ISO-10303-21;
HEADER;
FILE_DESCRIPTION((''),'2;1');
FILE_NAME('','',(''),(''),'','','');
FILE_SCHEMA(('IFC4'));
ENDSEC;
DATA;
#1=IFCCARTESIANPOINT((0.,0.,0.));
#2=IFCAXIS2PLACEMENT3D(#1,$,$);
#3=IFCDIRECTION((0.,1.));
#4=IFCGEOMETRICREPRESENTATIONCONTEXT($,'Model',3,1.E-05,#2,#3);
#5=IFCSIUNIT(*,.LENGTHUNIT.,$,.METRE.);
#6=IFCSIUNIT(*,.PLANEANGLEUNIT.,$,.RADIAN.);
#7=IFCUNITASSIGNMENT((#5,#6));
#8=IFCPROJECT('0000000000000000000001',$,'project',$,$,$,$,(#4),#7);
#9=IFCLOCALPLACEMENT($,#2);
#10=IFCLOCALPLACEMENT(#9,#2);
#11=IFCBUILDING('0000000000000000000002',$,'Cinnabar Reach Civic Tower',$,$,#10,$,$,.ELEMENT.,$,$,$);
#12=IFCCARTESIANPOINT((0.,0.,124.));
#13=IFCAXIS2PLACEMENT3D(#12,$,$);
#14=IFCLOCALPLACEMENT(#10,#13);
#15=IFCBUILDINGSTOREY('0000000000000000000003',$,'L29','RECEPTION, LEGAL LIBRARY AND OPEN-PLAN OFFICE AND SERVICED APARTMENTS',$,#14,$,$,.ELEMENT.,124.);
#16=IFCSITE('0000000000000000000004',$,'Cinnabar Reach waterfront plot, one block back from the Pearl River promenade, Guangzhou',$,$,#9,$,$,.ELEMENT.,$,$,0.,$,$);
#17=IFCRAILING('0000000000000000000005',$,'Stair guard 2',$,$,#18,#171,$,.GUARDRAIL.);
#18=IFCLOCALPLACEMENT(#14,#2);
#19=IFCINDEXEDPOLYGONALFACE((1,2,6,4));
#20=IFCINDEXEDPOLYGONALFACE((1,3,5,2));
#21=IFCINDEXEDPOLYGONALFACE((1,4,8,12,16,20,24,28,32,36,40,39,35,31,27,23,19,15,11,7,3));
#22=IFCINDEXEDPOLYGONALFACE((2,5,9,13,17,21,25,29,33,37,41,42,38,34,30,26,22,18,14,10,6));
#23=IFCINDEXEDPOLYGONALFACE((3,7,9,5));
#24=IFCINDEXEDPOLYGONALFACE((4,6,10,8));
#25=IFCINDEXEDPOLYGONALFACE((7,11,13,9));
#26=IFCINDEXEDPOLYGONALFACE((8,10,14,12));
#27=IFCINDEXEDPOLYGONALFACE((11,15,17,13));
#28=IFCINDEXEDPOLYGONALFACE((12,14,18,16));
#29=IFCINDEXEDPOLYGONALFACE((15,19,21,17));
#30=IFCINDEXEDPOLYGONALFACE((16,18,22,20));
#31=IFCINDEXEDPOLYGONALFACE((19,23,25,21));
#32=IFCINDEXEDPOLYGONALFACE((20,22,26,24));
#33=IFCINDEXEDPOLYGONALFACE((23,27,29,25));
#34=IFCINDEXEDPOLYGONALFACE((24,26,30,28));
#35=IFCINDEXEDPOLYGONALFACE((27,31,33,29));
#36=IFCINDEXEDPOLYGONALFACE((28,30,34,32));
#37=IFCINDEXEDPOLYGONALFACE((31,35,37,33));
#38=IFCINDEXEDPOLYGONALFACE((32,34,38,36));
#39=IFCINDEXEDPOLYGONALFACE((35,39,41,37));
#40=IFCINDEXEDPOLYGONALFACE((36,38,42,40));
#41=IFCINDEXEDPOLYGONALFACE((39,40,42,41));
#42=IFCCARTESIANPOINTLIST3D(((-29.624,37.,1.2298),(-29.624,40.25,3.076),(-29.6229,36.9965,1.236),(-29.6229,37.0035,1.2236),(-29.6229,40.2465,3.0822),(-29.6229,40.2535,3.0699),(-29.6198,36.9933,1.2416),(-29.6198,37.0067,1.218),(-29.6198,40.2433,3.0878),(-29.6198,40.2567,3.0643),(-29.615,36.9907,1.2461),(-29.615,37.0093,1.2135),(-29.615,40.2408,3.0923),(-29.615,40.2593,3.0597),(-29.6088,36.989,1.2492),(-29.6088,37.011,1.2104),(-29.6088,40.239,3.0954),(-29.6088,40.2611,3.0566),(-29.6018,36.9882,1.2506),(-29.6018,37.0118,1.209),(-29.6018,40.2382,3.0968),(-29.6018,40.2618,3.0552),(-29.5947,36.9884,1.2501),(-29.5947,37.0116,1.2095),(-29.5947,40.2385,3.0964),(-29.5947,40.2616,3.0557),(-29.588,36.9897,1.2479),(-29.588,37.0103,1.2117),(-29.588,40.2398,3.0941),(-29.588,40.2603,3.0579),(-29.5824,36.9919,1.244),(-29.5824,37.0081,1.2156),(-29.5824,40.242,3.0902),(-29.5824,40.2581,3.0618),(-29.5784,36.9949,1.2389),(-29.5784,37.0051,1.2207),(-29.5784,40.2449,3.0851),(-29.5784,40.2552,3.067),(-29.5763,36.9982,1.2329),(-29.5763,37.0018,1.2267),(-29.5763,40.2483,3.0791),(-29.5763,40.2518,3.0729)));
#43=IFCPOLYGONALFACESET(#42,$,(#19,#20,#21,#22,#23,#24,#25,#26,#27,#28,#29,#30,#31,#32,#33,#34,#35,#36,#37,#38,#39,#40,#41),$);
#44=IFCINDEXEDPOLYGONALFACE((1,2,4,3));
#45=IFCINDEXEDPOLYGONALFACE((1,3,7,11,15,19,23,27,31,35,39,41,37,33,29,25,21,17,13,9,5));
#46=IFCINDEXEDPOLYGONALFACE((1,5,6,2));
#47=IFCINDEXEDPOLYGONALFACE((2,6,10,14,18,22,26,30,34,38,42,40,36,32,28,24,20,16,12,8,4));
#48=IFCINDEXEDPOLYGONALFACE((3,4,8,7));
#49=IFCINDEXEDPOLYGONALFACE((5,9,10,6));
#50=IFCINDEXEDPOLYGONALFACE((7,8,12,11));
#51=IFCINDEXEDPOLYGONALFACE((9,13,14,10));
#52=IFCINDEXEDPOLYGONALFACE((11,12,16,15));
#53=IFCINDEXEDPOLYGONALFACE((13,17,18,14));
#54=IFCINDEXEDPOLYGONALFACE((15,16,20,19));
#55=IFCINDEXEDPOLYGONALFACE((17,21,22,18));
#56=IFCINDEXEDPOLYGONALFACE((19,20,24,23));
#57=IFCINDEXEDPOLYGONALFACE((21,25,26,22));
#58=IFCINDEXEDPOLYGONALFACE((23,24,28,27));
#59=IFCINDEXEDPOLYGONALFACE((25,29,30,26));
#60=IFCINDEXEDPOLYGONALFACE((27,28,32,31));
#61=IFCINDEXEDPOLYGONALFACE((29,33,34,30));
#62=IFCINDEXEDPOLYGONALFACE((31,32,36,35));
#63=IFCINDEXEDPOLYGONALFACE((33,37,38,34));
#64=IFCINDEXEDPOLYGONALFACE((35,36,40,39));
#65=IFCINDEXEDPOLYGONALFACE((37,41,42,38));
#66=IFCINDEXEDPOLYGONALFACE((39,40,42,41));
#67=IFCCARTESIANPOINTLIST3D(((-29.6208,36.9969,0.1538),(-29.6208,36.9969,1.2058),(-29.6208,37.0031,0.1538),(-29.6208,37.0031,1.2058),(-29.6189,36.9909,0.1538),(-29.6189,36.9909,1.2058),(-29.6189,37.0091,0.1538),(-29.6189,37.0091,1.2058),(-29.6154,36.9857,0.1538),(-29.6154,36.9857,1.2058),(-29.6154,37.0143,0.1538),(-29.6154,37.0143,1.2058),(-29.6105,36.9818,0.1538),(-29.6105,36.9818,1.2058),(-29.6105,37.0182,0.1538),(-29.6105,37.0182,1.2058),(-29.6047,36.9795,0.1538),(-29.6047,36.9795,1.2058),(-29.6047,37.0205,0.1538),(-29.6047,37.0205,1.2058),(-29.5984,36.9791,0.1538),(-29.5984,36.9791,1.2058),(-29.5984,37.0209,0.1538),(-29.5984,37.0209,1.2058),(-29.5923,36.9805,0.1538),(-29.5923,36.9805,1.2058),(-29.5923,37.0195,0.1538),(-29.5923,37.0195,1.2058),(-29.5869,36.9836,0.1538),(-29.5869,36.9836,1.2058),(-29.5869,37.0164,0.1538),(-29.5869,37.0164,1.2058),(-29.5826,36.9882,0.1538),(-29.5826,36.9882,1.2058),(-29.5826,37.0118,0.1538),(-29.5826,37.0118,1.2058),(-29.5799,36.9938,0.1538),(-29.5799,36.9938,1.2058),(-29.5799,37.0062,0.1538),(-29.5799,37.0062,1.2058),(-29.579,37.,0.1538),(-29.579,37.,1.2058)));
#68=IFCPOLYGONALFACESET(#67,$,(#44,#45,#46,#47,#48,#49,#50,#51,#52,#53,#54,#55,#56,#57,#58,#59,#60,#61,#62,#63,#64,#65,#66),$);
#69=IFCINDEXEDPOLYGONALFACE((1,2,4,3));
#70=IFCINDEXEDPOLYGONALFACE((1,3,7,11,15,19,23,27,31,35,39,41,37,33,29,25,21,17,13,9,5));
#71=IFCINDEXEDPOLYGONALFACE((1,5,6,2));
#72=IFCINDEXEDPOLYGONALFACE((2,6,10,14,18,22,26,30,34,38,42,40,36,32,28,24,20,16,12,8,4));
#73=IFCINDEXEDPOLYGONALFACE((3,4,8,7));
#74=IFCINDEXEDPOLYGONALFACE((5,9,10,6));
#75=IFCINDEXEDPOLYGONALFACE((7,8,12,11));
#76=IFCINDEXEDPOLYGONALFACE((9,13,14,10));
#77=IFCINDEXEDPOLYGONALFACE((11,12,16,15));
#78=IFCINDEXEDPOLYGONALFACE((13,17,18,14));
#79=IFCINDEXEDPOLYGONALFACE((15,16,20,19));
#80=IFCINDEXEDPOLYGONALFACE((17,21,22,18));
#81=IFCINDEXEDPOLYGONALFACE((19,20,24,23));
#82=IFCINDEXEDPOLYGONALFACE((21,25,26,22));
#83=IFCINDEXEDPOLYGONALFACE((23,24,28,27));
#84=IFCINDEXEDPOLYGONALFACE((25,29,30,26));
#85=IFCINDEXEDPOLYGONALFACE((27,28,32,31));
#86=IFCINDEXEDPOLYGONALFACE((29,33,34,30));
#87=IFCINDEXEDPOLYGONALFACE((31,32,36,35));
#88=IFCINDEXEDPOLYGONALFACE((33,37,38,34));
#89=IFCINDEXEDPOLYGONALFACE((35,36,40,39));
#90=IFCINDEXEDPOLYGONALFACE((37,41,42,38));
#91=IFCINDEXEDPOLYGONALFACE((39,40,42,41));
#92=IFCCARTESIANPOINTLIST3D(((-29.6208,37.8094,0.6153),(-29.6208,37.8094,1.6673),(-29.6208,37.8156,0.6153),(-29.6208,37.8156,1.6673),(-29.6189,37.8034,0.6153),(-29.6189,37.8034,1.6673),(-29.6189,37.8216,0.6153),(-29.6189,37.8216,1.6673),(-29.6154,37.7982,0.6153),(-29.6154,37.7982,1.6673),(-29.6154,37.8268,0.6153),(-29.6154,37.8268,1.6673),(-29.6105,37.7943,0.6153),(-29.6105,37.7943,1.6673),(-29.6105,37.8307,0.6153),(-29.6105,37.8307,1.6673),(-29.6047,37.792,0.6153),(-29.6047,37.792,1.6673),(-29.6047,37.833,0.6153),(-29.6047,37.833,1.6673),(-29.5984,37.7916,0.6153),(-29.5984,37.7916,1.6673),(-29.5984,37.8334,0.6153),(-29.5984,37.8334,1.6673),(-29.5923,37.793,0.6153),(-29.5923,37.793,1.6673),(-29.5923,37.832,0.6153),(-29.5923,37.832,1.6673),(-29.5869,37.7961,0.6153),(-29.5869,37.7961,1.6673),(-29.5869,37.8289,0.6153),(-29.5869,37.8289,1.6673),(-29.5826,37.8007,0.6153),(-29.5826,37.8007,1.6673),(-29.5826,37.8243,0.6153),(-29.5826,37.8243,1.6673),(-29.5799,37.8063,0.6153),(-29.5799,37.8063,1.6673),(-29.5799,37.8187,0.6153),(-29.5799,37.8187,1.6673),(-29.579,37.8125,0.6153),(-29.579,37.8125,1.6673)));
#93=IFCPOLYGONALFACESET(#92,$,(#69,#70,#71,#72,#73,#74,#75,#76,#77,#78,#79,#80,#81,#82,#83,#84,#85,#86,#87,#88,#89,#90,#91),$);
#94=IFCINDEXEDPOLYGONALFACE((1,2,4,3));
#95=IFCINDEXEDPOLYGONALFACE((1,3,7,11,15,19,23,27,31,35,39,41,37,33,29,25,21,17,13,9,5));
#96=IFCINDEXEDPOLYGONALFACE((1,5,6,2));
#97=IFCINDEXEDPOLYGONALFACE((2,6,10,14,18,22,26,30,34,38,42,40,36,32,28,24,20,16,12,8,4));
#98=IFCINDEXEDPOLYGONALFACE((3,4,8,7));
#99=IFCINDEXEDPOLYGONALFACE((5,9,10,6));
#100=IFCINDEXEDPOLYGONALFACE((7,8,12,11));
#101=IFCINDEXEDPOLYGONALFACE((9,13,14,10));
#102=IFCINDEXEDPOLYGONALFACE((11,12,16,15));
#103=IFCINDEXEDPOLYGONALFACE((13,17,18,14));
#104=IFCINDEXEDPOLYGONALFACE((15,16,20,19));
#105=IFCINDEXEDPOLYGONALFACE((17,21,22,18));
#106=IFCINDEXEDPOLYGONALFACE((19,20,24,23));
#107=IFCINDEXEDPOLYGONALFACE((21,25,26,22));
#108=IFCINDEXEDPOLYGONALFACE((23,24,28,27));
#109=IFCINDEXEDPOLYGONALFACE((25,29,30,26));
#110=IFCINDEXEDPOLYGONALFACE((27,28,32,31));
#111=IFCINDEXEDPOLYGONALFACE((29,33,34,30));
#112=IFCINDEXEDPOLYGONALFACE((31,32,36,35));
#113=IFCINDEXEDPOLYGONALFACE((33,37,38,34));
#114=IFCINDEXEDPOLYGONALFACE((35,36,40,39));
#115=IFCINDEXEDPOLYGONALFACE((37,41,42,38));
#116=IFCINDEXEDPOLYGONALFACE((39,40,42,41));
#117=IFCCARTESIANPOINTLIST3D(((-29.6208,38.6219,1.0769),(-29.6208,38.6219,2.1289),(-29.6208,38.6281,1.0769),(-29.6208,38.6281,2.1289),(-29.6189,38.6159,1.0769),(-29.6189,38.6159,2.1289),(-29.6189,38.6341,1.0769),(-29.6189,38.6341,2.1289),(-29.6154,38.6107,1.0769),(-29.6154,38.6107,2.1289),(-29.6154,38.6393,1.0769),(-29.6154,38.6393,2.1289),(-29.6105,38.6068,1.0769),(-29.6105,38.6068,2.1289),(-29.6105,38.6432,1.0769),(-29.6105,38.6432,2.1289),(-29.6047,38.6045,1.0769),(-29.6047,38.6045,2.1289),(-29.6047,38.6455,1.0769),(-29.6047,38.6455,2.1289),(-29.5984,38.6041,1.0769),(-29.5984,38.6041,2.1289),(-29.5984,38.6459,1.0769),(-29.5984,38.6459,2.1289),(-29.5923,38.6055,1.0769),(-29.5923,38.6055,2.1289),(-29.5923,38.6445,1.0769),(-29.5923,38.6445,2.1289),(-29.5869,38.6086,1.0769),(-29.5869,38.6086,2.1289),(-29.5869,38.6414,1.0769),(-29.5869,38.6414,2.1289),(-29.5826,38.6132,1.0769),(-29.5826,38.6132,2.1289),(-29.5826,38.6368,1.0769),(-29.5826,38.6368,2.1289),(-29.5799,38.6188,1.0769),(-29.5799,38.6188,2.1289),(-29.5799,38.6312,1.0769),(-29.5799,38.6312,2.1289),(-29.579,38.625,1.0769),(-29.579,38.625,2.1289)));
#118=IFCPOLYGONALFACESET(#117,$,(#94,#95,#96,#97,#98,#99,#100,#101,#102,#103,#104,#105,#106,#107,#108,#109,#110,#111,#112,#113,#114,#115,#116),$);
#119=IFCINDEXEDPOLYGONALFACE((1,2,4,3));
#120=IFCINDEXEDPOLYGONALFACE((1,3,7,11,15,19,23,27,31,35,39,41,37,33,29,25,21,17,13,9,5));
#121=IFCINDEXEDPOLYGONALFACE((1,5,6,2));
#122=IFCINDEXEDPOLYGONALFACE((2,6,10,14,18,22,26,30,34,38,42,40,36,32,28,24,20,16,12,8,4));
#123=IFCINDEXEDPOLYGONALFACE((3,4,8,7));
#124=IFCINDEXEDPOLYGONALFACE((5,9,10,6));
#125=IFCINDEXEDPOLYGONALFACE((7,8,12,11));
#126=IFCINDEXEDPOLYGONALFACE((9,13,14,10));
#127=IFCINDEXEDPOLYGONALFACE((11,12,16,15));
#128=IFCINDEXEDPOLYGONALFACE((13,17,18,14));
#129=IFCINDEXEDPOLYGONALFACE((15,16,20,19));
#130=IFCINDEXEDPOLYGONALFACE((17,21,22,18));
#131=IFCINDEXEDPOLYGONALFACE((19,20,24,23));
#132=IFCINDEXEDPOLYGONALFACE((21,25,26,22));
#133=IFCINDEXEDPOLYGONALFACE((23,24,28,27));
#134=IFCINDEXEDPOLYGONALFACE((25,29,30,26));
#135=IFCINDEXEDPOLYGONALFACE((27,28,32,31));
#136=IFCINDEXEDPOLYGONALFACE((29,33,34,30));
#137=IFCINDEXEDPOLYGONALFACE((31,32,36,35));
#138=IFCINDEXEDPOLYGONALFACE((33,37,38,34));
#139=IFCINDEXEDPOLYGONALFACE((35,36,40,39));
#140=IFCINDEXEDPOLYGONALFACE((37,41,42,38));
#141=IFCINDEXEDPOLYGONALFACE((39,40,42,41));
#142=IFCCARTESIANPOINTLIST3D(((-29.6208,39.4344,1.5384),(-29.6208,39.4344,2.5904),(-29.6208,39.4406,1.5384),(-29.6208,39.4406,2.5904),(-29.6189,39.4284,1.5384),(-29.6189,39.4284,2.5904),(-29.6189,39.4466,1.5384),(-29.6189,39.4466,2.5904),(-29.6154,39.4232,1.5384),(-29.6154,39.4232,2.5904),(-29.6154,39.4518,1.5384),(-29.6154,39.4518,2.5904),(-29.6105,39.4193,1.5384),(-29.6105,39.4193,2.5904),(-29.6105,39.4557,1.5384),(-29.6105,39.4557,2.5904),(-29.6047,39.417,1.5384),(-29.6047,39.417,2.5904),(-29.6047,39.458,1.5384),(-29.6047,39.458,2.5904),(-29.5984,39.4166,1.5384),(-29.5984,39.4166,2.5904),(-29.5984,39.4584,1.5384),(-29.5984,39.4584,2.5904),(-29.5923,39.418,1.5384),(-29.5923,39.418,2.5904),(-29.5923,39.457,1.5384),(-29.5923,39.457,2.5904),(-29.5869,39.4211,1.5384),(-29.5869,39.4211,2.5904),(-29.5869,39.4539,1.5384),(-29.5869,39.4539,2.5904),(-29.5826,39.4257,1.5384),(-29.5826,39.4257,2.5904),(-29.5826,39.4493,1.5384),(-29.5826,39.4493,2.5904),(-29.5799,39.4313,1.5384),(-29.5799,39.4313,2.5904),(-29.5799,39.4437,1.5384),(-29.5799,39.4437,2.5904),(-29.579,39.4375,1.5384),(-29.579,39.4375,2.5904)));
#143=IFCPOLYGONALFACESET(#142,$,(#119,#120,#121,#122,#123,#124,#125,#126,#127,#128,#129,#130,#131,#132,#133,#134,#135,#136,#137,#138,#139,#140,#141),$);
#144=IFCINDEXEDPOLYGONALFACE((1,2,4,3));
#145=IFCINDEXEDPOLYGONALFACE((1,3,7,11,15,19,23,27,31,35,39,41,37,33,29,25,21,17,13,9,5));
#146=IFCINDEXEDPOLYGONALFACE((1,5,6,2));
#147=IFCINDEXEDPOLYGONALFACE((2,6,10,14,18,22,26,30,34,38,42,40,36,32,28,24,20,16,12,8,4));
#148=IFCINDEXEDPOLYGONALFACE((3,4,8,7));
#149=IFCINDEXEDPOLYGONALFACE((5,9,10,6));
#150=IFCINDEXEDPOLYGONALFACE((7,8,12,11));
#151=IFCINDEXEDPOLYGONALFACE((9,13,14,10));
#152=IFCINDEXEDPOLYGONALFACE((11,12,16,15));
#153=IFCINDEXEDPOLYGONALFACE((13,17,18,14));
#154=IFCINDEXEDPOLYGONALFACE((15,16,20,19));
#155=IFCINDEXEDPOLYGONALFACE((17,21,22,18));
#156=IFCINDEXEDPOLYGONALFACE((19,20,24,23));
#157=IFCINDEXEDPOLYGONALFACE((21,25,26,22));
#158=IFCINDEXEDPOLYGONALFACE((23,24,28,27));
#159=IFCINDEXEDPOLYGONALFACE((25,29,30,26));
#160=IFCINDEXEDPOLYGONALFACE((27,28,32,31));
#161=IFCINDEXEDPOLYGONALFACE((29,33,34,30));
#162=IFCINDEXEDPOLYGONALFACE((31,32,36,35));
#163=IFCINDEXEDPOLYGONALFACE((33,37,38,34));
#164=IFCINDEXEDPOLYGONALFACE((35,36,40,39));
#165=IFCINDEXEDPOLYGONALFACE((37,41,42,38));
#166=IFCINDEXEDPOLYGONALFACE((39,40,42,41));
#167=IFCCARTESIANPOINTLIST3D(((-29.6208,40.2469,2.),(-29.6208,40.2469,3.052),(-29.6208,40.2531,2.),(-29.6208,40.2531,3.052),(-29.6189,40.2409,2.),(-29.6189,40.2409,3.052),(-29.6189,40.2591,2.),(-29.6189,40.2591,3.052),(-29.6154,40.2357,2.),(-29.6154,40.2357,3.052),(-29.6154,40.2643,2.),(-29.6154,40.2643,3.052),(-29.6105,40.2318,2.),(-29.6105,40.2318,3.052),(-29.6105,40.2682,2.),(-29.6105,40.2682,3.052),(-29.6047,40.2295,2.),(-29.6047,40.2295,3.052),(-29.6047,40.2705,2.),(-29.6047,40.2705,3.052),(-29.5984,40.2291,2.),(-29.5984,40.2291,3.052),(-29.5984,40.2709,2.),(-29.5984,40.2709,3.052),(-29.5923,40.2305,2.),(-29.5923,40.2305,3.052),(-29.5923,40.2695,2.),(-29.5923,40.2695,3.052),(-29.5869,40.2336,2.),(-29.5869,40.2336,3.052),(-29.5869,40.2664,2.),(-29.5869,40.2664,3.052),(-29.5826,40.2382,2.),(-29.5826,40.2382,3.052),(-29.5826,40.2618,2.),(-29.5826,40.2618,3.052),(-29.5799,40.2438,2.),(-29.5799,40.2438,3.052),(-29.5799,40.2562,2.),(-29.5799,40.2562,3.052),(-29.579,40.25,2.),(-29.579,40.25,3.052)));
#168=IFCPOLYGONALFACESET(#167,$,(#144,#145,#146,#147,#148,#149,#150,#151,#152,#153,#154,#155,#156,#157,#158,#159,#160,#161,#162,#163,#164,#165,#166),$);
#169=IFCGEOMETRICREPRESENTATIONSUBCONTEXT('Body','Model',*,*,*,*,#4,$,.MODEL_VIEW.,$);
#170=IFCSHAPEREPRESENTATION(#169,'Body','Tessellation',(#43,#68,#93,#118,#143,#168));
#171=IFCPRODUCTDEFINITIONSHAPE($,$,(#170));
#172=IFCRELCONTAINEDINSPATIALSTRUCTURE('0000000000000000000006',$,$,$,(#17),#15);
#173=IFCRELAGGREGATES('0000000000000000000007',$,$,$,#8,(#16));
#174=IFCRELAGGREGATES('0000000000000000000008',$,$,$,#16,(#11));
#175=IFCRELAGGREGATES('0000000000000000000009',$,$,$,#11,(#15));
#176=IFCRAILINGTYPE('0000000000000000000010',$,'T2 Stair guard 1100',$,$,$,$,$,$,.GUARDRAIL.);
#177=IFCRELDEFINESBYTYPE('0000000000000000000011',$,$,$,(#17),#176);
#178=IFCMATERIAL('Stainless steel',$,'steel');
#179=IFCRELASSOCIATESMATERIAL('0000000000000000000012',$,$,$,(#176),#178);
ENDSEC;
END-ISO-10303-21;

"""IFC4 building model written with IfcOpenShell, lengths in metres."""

from ifc_helpers import new_model, si_unit, direction, frame, origin, origin_2d, place, context, subcontext, project, spatial, circle, extrude, material, type_object, element, save


model = new_model("IFC4")

# Units and contexts
model_context = context("Model", 3, precision=1e-05, world=origin(), true_north=direction((0.0, 1.0)))
body_context = subcontext(model_context, "Body", "Model", "MODEL_VIEW")
ifc_project = project(units=[si_unit("LENGTHUNIT", "METRE"), si_unit("PLANEANGLEUNIT", "RADIAN")], contexts=[model_context])

# Site, building, storey
site_placement = place(None, origin())
site = spatial("IfcSite", under=ifc_project, at=site_placement, Name="Cinnabar Reach waterfront plot, one block back from the Pearl River promenade, Guangzhou", CompositionType="ELEMENT", RefElevation=0.0)
building_placement = place(site_placement, origin())
building = spatial("IfcBuilding", under=site, at=building_placement, Name="Cinnabar Reach Civic Tower", CompositionType="ELEMENT")
storey_placement = place(building_placement, frame((0.0, 0.0, 124.0)))
storey = spatial("IfcBuildingStorey", under=building, at=storey_placement, Name="L29", Description="RECEPTION, LEGAL LIBRARY AND OPEN-PLAN OFFICE AND SERVICED APARTMENTS", CompositionType="ELEMENT", Elevation=124.0)

# Railing
ifc_material_1 = material(Name="Stainless steel", Category="steel")
railing_type = type_object("IfcRailingType", Name="T2 Stair guard 1100", PredefinedType="GUARDRAIL", material=ifc_material_1)
railing_1_placement = place(storey_placement, frame((-29.6, 37.0, 0.1538)))
element("IfcRailing", 1, at=railing_1_placement, inside=storey, type_object=railing_type, Name="Stair guard 2", PredefinedType="GUARDRAIL", context=body_context, shape_type="SweptSolid", body=[
    extrude(circle(Radius=0.024, at=origin_2d()), frame((0.0, 0.0, 1.076), z_axis=(0.0, 0.869501, 0.49393), x_axis=(-1.0, 0.0, 0.0)), (0.0, 0.0, 1.0), 3.7378),
    extrude(circle(Radius=0.021, at=origin_2d()), origin(), (0.0, 0.0, 1.0), 1.052),
    extrude(circle(Radius=0.021, at=origin_2d()), frame((0.0, 0.8125, 0.4615)), (0.0, 0.0, 1.0), 1.052),
    extrude(circle(Radius=0.021, at=origin_2d()), frame((0.0, 1.625, 0.9231)), (0.0, 0.0, 1.0), 1.052),
    extrude(circle(Radius=0.021, at=origin_2d()), frame((0.0, 2.4375, 1.3846)), (0.0, 0.0, 1.0), 1.052),
    extrude(circle(Radius=0.021, at=origin_2d()), frame((0.0, 3.25, 1.8462)), (0.0, 0.0, 1.0), 1.052),
])

save(model, "model.ifc")
